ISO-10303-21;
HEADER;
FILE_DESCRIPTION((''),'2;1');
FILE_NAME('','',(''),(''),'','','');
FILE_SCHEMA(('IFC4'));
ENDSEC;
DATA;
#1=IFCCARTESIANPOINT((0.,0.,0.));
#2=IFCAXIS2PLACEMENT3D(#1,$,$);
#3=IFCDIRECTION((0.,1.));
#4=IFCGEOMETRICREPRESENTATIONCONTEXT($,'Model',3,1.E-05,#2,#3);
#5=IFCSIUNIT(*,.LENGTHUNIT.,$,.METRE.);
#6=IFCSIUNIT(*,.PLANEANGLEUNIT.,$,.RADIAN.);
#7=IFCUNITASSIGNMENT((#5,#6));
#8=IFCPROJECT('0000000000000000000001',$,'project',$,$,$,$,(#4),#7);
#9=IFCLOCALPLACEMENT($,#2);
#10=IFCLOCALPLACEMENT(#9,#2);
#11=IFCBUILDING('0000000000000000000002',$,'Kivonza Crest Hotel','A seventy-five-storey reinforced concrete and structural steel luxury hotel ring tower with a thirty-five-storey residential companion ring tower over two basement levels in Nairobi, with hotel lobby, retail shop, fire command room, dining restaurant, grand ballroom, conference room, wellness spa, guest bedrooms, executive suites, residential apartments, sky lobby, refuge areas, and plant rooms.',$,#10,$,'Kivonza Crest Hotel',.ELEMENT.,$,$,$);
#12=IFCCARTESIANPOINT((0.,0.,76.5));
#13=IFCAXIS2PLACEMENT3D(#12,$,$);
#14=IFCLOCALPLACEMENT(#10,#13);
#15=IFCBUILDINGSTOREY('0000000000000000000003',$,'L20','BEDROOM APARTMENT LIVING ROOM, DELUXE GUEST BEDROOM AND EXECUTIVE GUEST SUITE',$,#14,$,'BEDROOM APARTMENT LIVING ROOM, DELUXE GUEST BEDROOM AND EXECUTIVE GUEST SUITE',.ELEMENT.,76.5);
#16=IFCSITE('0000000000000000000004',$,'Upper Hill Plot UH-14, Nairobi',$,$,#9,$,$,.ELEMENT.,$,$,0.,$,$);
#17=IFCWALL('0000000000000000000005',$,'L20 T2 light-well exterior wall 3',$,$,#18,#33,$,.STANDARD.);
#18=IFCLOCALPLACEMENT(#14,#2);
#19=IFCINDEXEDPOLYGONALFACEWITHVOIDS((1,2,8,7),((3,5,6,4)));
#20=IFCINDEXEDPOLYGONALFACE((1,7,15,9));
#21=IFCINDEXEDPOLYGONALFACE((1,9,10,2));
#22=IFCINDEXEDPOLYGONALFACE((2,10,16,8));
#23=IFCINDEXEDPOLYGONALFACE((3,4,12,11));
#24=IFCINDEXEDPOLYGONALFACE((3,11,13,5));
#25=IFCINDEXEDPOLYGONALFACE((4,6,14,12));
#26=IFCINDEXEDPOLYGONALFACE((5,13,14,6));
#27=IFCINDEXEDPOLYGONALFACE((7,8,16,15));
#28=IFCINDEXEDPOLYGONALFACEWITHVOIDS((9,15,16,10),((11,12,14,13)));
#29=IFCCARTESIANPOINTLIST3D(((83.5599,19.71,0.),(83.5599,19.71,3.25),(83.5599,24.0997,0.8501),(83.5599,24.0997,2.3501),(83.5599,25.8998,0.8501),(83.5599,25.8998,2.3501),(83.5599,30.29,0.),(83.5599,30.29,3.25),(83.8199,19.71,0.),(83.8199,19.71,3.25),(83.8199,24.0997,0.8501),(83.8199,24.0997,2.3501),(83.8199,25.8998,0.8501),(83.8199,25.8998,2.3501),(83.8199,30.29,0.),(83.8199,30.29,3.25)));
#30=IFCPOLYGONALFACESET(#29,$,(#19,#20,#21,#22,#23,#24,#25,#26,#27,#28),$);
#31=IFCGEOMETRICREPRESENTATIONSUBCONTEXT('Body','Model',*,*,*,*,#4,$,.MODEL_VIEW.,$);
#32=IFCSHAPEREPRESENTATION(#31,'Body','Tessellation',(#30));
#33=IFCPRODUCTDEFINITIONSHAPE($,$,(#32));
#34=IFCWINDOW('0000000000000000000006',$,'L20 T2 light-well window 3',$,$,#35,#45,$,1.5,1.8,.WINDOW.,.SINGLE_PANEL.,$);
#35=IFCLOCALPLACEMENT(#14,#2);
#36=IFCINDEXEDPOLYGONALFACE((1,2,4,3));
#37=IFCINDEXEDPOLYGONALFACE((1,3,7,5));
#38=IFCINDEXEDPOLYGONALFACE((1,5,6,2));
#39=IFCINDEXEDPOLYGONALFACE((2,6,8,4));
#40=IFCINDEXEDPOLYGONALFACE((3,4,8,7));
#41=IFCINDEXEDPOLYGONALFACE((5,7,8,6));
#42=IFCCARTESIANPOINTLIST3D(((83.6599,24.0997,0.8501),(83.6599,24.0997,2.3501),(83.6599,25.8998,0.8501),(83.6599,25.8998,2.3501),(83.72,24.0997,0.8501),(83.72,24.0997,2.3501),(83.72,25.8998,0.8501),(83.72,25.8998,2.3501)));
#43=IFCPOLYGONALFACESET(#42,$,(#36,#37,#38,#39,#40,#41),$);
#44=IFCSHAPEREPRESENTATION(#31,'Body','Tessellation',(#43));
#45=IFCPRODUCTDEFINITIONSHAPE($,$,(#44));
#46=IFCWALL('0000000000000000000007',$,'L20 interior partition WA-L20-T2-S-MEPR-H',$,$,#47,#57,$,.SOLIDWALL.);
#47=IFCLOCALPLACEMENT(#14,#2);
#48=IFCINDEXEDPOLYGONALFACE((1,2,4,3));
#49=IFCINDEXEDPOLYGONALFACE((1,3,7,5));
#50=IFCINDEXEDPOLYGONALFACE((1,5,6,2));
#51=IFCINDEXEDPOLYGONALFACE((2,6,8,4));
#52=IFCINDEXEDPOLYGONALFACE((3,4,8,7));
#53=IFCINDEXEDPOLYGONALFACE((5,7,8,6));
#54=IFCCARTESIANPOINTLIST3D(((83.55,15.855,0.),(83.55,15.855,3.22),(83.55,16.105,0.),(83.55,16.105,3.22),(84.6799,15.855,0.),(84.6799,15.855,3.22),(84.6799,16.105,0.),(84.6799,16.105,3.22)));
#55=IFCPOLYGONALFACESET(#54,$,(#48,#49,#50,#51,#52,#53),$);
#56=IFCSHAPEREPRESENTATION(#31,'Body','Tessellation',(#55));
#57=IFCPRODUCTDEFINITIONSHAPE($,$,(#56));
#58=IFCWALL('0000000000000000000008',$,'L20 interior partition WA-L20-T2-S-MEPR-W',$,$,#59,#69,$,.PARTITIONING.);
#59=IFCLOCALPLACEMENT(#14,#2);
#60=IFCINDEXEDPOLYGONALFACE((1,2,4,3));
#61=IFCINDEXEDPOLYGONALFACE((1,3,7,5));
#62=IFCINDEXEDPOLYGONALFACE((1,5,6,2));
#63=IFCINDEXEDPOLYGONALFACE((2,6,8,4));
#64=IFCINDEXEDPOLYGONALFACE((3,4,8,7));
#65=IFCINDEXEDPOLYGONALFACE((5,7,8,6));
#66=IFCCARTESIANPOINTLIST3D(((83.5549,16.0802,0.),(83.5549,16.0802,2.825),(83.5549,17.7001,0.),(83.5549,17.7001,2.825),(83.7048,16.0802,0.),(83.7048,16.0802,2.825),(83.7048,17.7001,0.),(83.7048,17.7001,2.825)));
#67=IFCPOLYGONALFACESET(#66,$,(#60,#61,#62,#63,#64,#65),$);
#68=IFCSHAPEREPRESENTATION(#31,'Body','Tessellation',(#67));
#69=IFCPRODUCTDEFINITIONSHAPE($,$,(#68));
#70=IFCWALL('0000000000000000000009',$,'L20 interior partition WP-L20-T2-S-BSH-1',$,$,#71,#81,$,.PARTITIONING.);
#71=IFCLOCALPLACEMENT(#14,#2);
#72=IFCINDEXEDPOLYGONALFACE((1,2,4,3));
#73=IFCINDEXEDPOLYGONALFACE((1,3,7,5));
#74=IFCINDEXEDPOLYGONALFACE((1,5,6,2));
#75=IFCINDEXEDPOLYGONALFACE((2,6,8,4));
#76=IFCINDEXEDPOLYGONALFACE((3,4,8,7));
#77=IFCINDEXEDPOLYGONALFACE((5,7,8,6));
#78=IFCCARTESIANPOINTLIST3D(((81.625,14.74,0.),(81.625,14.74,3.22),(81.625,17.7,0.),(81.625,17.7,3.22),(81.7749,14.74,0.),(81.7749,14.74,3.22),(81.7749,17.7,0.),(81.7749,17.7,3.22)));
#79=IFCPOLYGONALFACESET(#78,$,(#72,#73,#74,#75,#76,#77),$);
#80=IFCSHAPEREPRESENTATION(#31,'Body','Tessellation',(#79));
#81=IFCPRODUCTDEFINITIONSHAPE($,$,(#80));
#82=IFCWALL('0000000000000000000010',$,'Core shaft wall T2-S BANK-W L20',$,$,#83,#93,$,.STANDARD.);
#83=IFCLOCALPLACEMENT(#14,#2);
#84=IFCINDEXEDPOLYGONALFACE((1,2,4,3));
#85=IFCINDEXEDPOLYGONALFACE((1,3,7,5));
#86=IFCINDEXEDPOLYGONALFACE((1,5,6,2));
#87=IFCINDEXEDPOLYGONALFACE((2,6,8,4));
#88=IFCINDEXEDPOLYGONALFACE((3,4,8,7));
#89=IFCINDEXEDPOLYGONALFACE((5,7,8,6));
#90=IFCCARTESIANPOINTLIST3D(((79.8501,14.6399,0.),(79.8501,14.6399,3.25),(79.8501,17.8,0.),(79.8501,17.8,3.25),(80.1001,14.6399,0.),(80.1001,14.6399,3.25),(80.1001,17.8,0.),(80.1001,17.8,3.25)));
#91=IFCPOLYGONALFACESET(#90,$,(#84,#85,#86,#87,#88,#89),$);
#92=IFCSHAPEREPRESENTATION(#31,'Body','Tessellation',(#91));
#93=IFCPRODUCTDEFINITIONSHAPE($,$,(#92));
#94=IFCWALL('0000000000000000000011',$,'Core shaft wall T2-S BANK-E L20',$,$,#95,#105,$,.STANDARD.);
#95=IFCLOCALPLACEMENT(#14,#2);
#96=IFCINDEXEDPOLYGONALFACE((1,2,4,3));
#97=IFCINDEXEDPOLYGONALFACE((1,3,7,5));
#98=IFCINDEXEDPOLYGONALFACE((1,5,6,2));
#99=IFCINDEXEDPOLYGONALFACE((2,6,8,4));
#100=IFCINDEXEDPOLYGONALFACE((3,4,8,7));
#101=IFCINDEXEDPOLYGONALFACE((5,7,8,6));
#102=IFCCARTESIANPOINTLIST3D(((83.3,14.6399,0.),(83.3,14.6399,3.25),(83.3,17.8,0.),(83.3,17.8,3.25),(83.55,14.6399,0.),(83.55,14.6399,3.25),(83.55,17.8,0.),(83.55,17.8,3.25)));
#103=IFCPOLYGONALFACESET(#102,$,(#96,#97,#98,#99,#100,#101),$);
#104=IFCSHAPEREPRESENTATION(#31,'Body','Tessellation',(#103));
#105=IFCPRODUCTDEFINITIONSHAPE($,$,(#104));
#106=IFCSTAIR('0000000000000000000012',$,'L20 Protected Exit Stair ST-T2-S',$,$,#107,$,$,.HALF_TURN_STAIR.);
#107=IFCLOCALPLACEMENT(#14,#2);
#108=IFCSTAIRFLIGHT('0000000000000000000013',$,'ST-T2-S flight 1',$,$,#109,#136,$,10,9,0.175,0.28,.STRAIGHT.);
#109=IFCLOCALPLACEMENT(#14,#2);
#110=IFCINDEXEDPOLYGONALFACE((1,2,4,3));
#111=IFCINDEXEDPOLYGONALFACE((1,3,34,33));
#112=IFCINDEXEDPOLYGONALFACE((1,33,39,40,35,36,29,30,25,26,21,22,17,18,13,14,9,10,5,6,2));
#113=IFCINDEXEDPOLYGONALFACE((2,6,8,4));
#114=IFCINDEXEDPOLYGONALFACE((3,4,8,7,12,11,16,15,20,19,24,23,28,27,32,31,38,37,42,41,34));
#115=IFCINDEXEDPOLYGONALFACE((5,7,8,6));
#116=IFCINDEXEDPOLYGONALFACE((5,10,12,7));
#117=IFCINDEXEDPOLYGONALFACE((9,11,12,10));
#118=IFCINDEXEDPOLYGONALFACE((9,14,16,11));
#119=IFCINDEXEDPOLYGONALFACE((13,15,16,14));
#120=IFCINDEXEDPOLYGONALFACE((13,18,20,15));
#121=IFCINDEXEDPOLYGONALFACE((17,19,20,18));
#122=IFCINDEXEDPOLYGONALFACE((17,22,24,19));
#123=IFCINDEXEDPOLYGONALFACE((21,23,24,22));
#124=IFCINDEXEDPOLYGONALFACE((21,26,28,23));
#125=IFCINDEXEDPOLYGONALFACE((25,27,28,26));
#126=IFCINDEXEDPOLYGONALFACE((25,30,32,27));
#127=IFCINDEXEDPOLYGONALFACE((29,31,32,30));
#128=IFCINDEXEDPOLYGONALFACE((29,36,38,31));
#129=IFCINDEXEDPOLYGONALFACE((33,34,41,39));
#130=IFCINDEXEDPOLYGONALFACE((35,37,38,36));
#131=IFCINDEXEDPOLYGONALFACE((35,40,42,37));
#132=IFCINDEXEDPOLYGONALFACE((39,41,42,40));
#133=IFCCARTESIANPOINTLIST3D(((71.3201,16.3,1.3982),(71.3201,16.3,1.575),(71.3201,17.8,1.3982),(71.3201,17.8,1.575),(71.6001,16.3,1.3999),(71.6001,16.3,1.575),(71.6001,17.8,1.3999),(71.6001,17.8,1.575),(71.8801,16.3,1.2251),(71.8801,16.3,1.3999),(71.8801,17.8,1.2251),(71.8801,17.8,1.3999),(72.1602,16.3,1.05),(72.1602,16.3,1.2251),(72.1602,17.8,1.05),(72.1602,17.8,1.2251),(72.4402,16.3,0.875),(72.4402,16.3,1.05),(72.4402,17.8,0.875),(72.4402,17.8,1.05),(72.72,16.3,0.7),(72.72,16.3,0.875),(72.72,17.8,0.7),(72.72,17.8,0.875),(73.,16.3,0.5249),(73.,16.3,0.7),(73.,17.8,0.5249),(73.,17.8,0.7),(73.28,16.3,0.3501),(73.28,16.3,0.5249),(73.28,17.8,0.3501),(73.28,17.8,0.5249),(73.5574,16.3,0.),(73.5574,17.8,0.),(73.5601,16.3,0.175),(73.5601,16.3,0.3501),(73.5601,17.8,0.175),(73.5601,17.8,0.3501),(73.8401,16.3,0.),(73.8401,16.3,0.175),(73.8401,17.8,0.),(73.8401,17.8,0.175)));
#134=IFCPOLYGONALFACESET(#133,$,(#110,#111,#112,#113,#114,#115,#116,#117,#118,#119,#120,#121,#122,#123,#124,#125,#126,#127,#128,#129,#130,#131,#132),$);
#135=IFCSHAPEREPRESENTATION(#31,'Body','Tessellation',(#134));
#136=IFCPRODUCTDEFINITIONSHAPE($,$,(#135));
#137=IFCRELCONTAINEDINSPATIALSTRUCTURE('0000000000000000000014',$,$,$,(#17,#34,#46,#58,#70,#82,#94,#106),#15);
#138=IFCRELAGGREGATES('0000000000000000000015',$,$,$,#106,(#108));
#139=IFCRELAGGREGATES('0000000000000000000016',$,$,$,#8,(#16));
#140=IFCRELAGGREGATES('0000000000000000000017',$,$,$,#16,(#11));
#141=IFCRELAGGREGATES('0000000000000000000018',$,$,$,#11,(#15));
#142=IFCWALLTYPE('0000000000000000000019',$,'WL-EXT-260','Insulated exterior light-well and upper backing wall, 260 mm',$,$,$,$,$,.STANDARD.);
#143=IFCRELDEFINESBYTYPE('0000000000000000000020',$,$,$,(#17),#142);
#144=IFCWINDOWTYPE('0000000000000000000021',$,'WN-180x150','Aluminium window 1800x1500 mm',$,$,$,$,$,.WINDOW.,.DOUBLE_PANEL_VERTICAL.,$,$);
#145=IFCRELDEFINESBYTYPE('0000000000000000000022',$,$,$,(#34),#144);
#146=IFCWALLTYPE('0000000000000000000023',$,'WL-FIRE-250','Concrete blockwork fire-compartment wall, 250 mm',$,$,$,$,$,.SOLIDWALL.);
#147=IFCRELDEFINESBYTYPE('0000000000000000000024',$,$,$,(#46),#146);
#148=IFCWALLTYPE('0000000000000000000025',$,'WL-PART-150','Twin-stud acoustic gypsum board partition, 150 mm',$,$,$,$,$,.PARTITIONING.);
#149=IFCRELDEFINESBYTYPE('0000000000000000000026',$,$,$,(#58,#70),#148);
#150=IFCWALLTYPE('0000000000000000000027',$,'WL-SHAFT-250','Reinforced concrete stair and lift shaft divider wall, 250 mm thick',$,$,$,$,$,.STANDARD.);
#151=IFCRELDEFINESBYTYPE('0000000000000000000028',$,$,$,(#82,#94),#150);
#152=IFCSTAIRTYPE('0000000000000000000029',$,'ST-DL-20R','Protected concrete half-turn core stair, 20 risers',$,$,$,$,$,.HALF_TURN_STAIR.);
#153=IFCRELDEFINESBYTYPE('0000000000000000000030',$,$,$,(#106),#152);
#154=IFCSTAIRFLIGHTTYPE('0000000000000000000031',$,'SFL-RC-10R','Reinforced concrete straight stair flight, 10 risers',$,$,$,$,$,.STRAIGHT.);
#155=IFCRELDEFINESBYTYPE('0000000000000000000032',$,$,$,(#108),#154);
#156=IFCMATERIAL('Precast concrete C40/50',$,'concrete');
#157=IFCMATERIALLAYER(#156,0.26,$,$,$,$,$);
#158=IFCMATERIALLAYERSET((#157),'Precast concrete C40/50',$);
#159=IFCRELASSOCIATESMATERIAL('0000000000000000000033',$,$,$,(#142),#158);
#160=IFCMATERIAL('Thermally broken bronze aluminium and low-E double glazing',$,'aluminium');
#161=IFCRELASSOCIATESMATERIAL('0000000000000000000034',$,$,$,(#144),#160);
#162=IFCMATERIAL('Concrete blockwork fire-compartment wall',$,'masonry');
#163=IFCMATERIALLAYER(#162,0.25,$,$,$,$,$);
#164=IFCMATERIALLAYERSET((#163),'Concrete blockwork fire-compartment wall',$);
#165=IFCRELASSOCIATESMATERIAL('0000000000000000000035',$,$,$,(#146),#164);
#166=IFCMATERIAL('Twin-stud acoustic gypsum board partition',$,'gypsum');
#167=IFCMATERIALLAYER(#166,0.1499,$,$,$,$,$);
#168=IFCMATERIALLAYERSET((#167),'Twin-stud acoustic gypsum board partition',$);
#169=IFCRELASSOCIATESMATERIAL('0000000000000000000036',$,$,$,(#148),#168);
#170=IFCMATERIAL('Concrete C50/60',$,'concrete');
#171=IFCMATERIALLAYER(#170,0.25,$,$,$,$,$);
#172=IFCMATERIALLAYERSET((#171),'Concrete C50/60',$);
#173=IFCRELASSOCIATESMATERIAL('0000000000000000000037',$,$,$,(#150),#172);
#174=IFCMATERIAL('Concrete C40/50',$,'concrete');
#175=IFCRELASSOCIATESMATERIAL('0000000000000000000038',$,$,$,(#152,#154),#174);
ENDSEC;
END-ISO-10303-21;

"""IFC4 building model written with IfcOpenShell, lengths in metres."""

from ifc_helpers import new_model, si_unit, direction, frame, frame_2d, origin, place, context, subcontext, project, spatial, polyline, rectangle, outline, extrude, material, layer, layer_set, type_object, element, fill, aggregate, save


model = new_model("IFC4")

# Units and contexts
model_context = context("Model", 3, precision=1e-05, world=origin(), true_north=direction((0.0, 1.0)))
body_context = subcontext(model_context, "Body", "Model", "MODEL_VIEW")
ifc_project = project(units=[si_unit("LENGTHUNIT", "METRE"), si_unit("PLANEANGLEUNIT", "RADIAN")], contexts=[model_context])

# Site, building, storey
site_placement = place(None, origin())
site = spatial("IfcSite", under=ifc_project, at=site_placement, Name="Upper Hill Plot UH-14, Nairobi", CompositionType="ELEMENT", RefElevation=0.0)
building_placement = place(site_placement, origin())
building = spatial("IfcBuilding", under=site, at=building_placement, Name="Kivonza Crest Hotel", Description="A seventy-five-storey reinforced concrete and structural steel luxury hotel ring tower with a thirty-five-storey residential companion ring tower over two basement levels in Nairobi, with hotel lobby, retail shop, fire command room, dining restaurant, grand ballroom, conference room, wellness spa, guest bedrooms, executive suites, residential apartments, sky lobby, refuge areas, and plant rooms.", LongName="Kivonza Crest Hotel", CompositionType="ELEMENT")
storey_placement = place(building_placement, frame((0.0, 0.0, 76.5)))
storey = spatial("IfcBuildingStorey", under=building, at=storey_placement, Name="L20", Description="BEDROOM APARTMENT LIVING ROOM, DELUXE GUEST BEDROOM AND EXECUTIVE GUEST SUITE", LongName="BEDROOM APARTMENT LIVING ROOM, DELUXE GUEST BEDROOM AND EXECUTIVE GUEST SUITE", CompositionType="ELEMENT", Elevation=76.5)

# Shared definitions
ifc_material_1 = material(Name="Concrete C50/60", Category="concrete")

# Shared definitions
ifc_material_2 = material(Name="Precast concrete C40/50", Category="concrete")
ifc_layer_1 = layer(ifc_material_2, 0.26)
ifc_layer_set_1 = layer_set([ifc_layer_1], Name="Precast concrete C40/50")
wall_type_1 = type_object("IfcWallType", Name="WL-EXT-260", Description="Insulated exterior light-well and upper backing wall, 260 mm", PredefinedType="STANDARD", material=ifc_layer_set_1)

# Wall, opening, window
wall_1_placement = place(storey_placement, frame((83.6899, 19.71, 0.0), z_axis=(0.0, 0.0, 1.0), x_axis=(0.0, 1.0, 0.0)))
wall_1 = element("IfcWall", 1, at=wall_1_placement, inside=storey, type_object=wall_type_1, Name="L20 T2 light-well exterior wall 3", PredefinedType="STANDARD", context=body_context, shape_type="SweptSolid", body=[
    extrude(rectangle(XDim=10.5801, YDim=0.26, at=frame_2d((5.29, 0.0))), origin(), (0.0, 0.0, 1.0), 3.25),
])
opening_1_placement = place(wall_1_placement, frame((4.3899, 0.0, 0.8501)))
opening_1 = element("IfcOpeningElement", 2, at=opening_1_placement, cuts=wall_1, PredefinedType="OPENING", context=body_context, shape_type="SweptSolid", body=[
    extrude(rectangle(XDim=1.8, YDim=1.5, at=frame_2d((0.8999, 0.75))), frame((0.0, 0.1401, 0.0), z_axis=(0.0, -1.0, 0.0), x_axis=(1.0, 0.0, 0.0)), (0.0, 0.0, 1.0), 0.28),
])
ifc_material_3 = material(Name="Thermally broken bronze aluminium and low-E double glazing", Category="aluminium")
window_type = type_object("IfcWindowType", Name="WN-180x150", Description="Aluminium window 1800x1500 mm", PartitioningType="DOUBLE_PANEL_VERTICAL", PredefinedType="WINDOW", material=ifc_material_3)
window_placement = place(opening_1_placement, origin())
window = element("IfcWindow", 3, at=window_placement, inside=storey, type_object=window_type, Name="L20 T2 light-well window 3", OverallHeight=1.5, OverallWidth=1.8, PartitioningType="SINGLE_PANEL", PredefinedType="WINDOW", context=body_context, shape_type="SweptSolid", body=[
    extrude(rectangle(XDim=1.8, YDim=1.5, at=frame_2d((0.8999, 0.75))), frame((0.0, 0.03, 0.0), z_axis=(0.0, -1.0, 0.0), x_axis=(1.0, 0.0, 0.0)), (0.0, 0.0, 1.0), 0.0601),
])
fill(opening_1, window)

# Walls
ifc_material_4 = material(Name="Concrete blockwork fire-compartment wall", Category="masonry")
ifc_layer_2 = layer(ifc_material_4, 0.25)
ifc_layer_set_2 = layer_set([ifc_layer_2], Name="Concrete blockwork fire-compartment wall")
wall_type_2 = type_object("IfcWallType", Name="WL-FIRE-250", Description="Concrete blockwork fire-compartment wall, 250 mm", PredefinedType="SOLIDWALL", material=ifc_layer_set_2)
wall_2_placement = place(storey_placement, frame((83.55, 15.98, 0.0), z_axis=(0.0, 0.0, 1.0), x_axis=(1.0, 0.0, 0.0)))
element("IfcWall", 4, at=wall_2_placement, inside=storey, type_object=wall_type_2, Name="L20 interior partition WA-L20-T2-S-MEPR-H", PredefinedType="SOLIDWALL", context=body_context, shape_type="SweptSolid", body=[
    extrude(rectangle(XDim=1.1299, YDim=0.25, at=frame_2d((0.5649, 0.0))), origin(), (0.0, 0.0, 1.0), 3.22),
])
ifc_material_5 = material(Name="Twin-stud acoustic gypsum board partition", Category="gypsum")
ifc_layer_3 = layer(ifc_material_5, 0.1499)
ifc_layer_set_3 = layer_set([ifc_layer_3], Name="Twin-stud acoustic gypsum board partition")
wall_type_3 = type_object("IfcWallType", Name="WL-PART-150", Description="Twin-stud acoustic gypsum board partition, 150 mm", PredefinedType="PARTITIONING", material=ifc_layer_set_3)
wall_3_placement = place(storey_placement, frame((83.6299, 16.0801, 0.0), z_axis=(0.0, 0.0, 1.0), x_axis=(0.0, 1.0, 0.0)))
element("IfcWall", 5, at=wall_3_placement, inside=storey, type_object=wall_type_3, Name="L20 interior partition WA-L20-T2-S-MEPR-W", PredefinedType="PARTITIONING", context=body_context, shape_type="SweptSolid", body=[
    extrude(rectangle(XDim=1.6199, YDim=0.1499, at=frame_2d((0.8101, 0.0))), origin(), (0.0, 0.0, 1.0), 2.825),
])
wall_4_placement = place(storey_placement, frame((81.7, 14.74, 0.0), z_axis=(0.0, 0.0, 1.0), x_axis=(0.0, 1.0, 0.0)))
element("IfcWall", 6, at=wall_4_placement, inside=storey, type_object=wall_type_3, Name="L20 interior partition WP-L20-T2-S-BSH-1", PredefinedType="PARTITIONING", context=body_context, shape_type="SweptSolid", body=[
    extrude(rectangle(XDim=2.96, YDim=0.1499, at=frame_2d((1.48, 0.0))), origin(), (0.0, 0.0, 1.0), 3.22),
])

# Shared definitions
ifc_layer_4 = layer(ifc_material_1, 0.25)
ifc_layer_set_4 = layer_set([ifc_layer_4], Name="Concrete C50/60")
wall_type_4 = type_object("IfcWallType", Name="WL-SHAFT-250", Description="Reinforced concrete stair and lift shaft divider wall, 250 mm thick", PredefinedType="STANDARD", material=ifc_layer_set_4)

# Walls
for number, where, z_axis, x_axis, name in (
    (7, (79.9751, 14.6399, 0.0), (0.0, 0.0, 1.0), (0.0, 1.0, 0.0), "Core shaft wall T2-S BANK-W L20"),
    (8, (83.425, 14.6399, 0.0), (0.0, 0.0, 1.0), (0.0, 1.0, 0.0), "Core shaft wall T2-S BANK-E L20"),
):
    element("IfcWall", number, at=place(storey_placement, frame(where, z_axis=z_axis, x_axis=x_axis)), inside=storey, type_object=wall_type_4, Name=name, PredefinedType="STANDARD", context=body_context, shape_type="SweptSolid", body=[
        extrude(rectangle(XDim=3.1602, YDim=0.25, at=frame_2d((1.5801, 0.0))), origin(), (0.0, 0.0, 1.0), 3.25),
    ])

# Stair, stair flight
ifc_material_6 = material(Name="Concrete C40/50", Category="concrete")
stair_type = type_object("IfcStairType", Name="ST-DL-20R", Description="Protected concrete half-turn core stair, 20 risers", PredefinedType="HALF_TURN_STAIR", material=ifc_material_6)
stair_placement = place(storey_placement, origin())
stair = element("IfcStair", 9, at=stair_placement, inside=storey, type_object=stair_type, Name="L20 Protected Exit Stair ST-T2-S", PredefinedType="HALF_TURN_STAIR")
stair_flight_type = type_object("IfcStairFlightType", Name="SFL-RC-10R", Description="Reinforced concrete straight stair flight, 10 risers", PredefinedType="STRAIGHT", material=ifc_material_6)
stair_flight_placement = place(storey_placement, frame((73.8401, 17.05, 0.0), z_axis=(0.0, 0.0, 1.0), x_axis=(-1.0, 0.0, 0.0)))
stair_flight = element("IfcStairFlight", 10, at=stair_flight_placement, type_object=stair_flight_type, Name="ST-T2-S flight 1", NumberOfRisers=10, NumberOfTreads=9, PredefinedType="STRAIGHT", RiserHeight=0.175, TreadLength=0.28, context=body_context, shape_type="SweptSolid", body=[
    extrude(outline(polyline([(0.0, 0.0), (0.0, 0.175), (0.28, 0.175), (0.28, 0.3501), (0.5601, 0.3501), (0.5601, 0.5249), (0.8401, 0.5249), (0.8401, 0.7), (1.1201, 0.7), (1.1201, 0.875), (1.3999, 0.875), (1.3999, 1.05), (1.6799, 1.05), (1.6799, 1.2251), (1.96, 1.2251), (1.96, 1.3999), (2.24, 1.3999), (2.24, 1.575), (2.52, 1.575), (2.52, 1.75), (2.52, 1.3982), (0.2827, 0.0), (0.0, 0.0)])), frame((0.0, 0.75, 0.0), z_axis=(0.0, -1.0, 0.0), x_axis=(1.0, 0.0, 0.0)), (0.0, 0.0, 1.0), 1.5),
])
aggregate(stair, [stair_flight])

save(model, "model.ifc")
